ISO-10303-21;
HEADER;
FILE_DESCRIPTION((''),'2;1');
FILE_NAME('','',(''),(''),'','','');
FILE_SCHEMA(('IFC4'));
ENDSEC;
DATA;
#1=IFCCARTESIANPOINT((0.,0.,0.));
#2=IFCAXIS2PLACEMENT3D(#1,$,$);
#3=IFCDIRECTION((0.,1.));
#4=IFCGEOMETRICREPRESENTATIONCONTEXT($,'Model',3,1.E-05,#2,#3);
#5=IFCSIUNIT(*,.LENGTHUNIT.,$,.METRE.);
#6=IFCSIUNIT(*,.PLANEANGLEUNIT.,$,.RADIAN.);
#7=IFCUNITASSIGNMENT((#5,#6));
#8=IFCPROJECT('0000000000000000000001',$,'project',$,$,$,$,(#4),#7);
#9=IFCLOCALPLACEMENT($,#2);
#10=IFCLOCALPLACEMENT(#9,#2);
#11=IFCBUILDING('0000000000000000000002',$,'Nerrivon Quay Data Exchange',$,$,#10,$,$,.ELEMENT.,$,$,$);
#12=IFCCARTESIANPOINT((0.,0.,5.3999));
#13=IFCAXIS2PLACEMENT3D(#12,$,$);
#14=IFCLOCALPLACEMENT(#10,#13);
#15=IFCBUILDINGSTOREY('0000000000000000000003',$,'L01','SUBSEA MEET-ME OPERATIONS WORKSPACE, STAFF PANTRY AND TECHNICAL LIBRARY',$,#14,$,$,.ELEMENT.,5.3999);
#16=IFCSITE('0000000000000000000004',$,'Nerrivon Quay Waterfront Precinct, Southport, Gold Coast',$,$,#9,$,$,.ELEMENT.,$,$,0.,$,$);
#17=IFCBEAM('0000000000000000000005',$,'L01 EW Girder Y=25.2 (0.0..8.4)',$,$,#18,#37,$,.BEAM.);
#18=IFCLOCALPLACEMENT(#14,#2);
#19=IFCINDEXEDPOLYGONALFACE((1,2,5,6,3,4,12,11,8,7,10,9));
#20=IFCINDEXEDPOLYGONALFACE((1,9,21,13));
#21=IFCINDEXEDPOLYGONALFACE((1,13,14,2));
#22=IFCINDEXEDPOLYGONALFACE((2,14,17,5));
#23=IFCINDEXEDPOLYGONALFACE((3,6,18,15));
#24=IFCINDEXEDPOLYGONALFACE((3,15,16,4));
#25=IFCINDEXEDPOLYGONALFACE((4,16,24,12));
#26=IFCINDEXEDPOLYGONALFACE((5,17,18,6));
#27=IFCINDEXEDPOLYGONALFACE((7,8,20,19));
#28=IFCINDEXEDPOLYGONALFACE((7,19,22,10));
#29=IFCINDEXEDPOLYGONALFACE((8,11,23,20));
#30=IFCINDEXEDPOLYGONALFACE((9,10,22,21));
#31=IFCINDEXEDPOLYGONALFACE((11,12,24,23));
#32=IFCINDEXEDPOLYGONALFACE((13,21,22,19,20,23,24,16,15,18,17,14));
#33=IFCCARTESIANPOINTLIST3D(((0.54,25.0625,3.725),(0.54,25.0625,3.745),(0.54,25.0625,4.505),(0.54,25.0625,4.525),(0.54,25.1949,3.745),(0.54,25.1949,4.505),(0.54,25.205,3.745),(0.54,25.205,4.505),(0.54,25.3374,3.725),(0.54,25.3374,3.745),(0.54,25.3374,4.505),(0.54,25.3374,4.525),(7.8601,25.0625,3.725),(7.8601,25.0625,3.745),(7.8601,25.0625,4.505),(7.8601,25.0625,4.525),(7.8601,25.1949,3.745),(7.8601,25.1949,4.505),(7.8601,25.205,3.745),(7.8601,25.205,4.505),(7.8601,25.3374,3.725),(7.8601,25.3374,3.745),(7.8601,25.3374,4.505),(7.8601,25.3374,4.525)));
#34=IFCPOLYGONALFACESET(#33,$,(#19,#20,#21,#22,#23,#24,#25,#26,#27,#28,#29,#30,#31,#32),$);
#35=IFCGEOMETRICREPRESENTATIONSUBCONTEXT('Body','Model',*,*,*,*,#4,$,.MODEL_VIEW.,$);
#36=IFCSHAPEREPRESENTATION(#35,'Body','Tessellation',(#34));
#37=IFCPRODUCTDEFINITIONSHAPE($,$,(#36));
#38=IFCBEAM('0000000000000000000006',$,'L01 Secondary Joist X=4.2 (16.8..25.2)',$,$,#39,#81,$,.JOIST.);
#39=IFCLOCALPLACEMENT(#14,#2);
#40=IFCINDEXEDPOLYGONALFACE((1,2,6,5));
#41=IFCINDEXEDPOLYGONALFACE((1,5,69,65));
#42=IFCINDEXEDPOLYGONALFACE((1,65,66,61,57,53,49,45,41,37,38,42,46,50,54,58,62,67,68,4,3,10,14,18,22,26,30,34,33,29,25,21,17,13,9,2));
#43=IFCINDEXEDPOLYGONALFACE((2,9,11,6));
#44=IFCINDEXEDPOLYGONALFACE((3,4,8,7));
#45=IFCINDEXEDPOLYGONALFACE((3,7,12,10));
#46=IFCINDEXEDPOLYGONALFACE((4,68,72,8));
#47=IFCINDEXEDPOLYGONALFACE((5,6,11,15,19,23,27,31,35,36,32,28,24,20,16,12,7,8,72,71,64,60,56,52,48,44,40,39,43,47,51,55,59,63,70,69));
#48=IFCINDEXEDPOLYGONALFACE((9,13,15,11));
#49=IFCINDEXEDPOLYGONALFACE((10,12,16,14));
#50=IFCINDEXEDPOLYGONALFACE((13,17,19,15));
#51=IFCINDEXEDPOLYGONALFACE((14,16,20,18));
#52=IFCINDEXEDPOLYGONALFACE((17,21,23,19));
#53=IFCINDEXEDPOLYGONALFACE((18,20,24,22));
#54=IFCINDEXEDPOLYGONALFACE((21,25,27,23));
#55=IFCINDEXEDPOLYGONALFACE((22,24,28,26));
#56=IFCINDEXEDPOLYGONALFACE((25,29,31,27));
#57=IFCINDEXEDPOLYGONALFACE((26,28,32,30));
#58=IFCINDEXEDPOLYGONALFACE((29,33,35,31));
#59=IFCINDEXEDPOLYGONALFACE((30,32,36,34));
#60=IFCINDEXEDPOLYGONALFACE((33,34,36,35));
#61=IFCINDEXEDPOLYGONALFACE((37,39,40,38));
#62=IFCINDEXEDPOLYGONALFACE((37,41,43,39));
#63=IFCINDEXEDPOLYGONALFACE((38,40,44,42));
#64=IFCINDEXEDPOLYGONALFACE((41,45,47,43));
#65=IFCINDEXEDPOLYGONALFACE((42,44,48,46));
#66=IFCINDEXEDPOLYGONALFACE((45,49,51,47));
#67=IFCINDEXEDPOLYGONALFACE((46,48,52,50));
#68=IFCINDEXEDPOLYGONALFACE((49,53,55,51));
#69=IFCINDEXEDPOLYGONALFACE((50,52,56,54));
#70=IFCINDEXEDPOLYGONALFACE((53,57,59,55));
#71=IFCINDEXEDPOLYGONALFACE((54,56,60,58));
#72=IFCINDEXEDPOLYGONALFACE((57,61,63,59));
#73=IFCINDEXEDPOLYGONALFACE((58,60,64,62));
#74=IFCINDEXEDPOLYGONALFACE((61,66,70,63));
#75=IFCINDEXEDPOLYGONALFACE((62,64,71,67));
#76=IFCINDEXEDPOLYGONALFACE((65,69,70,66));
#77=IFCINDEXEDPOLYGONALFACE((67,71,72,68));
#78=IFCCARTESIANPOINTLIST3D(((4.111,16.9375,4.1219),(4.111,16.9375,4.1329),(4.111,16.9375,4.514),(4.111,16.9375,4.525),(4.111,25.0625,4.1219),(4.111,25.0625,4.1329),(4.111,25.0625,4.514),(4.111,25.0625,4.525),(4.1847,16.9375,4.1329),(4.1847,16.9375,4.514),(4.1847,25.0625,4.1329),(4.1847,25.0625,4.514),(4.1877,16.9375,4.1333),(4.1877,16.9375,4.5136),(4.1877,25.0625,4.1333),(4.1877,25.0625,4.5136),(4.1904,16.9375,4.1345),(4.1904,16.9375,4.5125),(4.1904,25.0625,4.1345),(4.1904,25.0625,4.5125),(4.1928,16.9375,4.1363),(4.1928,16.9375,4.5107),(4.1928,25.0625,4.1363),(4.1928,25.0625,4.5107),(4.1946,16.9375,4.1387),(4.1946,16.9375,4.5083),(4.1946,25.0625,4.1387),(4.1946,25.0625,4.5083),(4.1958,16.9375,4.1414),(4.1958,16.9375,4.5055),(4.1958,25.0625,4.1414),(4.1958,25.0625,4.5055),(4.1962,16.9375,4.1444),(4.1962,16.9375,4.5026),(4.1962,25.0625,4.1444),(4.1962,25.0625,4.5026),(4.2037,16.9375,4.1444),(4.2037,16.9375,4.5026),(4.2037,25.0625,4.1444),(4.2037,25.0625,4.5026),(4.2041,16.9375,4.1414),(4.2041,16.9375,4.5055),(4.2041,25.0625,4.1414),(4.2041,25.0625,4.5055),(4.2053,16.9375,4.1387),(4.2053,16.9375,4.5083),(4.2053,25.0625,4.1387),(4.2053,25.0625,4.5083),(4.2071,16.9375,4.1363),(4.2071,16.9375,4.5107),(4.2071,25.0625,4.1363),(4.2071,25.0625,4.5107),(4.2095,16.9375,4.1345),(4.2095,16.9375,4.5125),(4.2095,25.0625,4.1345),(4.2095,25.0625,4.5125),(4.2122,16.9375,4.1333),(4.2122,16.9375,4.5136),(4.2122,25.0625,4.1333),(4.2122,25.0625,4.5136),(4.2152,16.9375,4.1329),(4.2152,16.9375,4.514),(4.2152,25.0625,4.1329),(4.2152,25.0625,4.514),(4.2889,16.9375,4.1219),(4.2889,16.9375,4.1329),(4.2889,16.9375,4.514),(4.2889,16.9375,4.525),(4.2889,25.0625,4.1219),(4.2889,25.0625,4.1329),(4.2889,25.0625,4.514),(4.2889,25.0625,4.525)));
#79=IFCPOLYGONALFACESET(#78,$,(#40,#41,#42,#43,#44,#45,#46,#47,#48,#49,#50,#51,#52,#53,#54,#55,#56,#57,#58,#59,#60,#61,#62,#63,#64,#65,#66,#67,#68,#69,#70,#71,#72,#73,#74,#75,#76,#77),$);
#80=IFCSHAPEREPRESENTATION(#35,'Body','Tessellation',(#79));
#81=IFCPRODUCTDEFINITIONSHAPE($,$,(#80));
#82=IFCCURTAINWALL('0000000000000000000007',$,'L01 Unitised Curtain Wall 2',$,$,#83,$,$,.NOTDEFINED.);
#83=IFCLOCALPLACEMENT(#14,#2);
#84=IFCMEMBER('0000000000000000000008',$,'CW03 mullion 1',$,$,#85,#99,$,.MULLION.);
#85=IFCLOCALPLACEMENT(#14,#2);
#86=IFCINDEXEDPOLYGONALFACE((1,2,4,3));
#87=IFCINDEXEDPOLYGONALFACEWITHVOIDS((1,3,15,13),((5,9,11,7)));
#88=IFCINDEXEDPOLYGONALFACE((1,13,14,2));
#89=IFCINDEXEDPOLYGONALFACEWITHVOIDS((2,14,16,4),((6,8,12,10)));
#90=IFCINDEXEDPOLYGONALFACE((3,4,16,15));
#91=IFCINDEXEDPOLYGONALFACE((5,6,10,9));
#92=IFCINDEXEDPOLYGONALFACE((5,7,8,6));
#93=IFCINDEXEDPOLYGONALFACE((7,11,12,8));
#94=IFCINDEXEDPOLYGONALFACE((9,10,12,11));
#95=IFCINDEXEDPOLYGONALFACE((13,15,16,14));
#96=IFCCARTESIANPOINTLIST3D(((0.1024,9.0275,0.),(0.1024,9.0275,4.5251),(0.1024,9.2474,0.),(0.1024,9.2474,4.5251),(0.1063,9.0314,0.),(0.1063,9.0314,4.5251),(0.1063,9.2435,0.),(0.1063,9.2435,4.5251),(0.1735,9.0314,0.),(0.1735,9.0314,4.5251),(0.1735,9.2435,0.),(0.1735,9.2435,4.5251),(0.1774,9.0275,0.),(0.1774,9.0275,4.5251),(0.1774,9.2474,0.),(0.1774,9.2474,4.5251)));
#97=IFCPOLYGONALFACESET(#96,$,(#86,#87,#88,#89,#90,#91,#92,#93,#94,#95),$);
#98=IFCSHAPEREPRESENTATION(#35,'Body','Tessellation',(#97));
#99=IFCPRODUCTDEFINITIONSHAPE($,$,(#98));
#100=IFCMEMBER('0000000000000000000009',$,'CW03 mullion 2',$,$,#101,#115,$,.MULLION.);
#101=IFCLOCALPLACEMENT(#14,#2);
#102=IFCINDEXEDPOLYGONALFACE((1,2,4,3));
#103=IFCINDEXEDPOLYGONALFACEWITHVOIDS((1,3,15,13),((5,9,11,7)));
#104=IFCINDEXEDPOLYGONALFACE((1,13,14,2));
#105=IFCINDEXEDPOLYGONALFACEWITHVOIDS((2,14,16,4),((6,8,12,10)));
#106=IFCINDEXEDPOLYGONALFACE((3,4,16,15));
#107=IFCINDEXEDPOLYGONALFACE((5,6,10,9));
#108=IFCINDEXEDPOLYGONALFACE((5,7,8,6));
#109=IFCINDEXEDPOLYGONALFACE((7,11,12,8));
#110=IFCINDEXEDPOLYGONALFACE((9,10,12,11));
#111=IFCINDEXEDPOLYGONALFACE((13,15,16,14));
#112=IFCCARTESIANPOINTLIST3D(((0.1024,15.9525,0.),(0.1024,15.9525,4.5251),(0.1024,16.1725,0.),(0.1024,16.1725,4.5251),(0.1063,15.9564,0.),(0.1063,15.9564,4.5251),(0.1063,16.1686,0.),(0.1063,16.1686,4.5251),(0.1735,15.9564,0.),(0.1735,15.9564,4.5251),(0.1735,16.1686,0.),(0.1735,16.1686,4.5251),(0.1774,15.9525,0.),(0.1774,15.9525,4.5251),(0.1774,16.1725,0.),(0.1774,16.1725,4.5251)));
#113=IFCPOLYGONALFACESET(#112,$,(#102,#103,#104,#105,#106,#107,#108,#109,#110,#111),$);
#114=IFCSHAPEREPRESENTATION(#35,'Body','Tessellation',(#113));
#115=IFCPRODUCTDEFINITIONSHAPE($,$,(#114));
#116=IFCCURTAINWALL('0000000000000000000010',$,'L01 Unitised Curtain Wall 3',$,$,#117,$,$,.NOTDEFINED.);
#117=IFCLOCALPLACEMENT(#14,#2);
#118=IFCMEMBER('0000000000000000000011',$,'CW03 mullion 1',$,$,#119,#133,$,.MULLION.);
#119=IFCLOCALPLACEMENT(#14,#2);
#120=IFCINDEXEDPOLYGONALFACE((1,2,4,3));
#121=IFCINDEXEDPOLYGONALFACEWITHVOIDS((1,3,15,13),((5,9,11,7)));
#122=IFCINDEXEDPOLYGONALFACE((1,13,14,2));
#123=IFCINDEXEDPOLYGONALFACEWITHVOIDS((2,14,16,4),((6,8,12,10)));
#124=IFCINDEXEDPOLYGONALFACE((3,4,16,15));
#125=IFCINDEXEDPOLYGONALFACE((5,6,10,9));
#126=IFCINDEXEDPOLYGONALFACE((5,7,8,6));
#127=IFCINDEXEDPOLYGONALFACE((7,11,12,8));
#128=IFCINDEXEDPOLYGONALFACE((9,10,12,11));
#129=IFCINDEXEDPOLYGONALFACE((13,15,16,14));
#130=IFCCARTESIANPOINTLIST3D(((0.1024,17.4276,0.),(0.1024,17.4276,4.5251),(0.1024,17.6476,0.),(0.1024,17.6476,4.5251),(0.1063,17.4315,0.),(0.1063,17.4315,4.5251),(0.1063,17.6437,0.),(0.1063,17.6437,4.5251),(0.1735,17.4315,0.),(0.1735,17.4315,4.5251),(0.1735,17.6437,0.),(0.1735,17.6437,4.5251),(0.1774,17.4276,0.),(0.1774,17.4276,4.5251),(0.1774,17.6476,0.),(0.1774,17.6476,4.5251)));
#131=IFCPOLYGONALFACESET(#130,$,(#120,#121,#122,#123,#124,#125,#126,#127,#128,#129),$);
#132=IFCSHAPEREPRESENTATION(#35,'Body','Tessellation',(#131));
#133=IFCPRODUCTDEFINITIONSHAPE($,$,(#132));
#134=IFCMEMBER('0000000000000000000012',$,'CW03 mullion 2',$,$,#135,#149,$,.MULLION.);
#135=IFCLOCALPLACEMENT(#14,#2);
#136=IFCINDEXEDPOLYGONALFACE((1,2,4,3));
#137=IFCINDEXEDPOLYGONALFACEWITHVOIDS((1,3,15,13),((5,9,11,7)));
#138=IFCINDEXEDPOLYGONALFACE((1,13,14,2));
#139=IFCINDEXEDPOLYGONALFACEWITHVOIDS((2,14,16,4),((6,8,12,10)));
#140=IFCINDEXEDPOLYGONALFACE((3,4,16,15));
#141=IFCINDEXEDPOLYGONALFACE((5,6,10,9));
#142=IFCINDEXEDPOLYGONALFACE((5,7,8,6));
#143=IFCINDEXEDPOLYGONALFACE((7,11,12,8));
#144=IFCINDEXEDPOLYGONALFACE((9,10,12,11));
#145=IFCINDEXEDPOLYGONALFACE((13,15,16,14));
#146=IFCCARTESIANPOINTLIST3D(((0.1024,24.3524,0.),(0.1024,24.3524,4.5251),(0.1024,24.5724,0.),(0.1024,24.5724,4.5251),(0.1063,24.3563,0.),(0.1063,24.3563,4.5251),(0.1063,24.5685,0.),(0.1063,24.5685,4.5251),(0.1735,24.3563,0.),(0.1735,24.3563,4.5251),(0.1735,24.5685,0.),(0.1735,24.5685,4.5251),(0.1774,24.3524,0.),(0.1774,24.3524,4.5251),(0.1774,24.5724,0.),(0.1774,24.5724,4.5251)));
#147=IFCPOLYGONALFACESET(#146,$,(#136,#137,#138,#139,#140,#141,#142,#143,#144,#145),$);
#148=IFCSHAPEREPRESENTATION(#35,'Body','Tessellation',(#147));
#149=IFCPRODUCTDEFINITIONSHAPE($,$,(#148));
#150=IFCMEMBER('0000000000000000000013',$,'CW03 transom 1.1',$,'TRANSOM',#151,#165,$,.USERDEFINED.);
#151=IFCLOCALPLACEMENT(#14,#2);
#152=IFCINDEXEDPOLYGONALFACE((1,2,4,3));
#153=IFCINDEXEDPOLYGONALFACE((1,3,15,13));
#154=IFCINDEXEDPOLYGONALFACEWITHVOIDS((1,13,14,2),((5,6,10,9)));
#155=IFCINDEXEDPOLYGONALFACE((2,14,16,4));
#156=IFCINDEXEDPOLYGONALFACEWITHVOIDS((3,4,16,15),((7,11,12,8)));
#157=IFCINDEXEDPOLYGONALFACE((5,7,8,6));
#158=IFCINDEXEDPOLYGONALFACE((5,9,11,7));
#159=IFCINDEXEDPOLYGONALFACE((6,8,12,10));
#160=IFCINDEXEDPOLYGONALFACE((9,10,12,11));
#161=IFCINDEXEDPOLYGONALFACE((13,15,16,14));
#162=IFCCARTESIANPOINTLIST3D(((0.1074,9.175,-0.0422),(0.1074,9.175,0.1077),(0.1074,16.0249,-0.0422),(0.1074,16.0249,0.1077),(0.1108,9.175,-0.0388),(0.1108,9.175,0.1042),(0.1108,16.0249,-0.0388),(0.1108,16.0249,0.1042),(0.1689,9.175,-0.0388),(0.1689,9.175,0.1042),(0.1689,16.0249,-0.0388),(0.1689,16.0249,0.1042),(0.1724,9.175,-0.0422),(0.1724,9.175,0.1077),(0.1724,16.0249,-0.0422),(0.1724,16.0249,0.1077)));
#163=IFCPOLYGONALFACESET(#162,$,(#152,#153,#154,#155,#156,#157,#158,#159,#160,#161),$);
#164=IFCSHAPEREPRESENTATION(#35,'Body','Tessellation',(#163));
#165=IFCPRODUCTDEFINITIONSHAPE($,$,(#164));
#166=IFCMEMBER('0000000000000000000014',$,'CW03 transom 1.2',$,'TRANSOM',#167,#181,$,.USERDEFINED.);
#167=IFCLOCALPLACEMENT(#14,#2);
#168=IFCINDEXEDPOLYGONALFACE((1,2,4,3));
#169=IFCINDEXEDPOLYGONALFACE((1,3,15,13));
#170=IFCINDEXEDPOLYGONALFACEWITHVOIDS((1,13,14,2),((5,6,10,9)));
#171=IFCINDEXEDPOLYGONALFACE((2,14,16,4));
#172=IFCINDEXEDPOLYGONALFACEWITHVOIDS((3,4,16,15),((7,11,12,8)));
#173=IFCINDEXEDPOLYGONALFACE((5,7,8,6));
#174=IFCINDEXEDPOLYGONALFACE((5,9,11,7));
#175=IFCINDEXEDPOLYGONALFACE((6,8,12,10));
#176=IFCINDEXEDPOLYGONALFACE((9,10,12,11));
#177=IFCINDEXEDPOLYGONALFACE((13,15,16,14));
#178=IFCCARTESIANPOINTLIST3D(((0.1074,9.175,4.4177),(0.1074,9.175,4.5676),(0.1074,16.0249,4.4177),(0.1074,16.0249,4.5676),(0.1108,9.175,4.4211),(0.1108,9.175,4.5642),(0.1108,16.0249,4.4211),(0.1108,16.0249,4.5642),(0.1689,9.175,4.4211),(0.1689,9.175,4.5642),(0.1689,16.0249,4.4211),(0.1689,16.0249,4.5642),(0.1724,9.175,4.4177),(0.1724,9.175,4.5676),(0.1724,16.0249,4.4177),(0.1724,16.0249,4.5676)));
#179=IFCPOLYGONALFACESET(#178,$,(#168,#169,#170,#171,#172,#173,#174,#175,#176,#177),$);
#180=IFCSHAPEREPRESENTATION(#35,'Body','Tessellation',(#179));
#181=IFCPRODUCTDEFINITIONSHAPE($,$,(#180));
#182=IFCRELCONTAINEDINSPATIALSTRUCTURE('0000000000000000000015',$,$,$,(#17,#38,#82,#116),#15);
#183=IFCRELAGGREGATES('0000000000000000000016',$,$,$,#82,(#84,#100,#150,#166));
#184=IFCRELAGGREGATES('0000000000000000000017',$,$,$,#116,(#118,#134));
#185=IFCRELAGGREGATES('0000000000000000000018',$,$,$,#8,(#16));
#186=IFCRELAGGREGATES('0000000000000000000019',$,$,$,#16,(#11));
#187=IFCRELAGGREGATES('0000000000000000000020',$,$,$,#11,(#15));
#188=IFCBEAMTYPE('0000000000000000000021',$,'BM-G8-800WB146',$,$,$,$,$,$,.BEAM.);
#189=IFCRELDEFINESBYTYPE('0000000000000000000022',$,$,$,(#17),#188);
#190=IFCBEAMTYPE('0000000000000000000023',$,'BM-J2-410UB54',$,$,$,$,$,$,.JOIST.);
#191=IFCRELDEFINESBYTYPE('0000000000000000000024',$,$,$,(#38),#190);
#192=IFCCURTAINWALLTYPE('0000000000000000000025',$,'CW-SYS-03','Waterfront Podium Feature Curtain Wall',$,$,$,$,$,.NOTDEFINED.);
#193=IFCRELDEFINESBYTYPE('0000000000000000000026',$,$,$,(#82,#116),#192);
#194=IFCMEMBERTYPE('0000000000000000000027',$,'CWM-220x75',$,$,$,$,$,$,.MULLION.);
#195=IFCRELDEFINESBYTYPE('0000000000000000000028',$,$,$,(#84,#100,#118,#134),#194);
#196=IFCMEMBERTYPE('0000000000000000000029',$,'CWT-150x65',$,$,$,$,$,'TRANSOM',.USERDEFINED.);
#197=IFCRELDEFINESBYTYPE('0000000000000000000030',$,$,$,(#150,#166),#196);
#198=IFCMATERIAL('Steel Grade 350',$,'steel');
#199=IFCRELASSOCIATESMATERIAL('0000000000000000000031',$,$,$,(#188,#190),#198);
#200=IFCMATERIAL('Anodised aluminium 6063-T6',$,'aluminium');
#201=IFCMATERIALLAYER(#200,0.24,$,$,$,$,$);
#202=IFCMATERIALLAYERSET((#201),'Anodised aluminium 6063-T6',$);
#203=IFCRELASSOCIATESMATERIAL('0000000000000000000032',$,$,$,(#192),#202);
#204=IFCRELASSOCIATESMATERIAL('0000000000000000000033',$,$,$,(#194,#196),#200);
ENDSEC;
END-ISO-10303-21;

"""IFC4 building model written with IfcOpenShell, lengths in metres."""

from ifc_helpers import new_model, si_unit, direction, frame, origin, origin_2d, place, context, subcontext, project, spatial, hollow_rectangle, i_section, extrude, material, layer, layer_set, material_profile, profile_set, type_object, element, aggregate, save


model = new_model("IFC4")

# Units and contexts
model_context = context("Model", 3, precision=1e-05, world=origin(), true_north=direction((0.0, 1.0)))
body_context = subcontext(model_context, "Body", "Model", "MODEL_VIEW")
ifc_project = project(units=[si_unit("LENGTHUNIT", "METRE"), si_unit("PLANEANGLEUNIT", "RADIAN")], contexts=[model_context])

# Site, building, storey
site_placement = place(None, origin())
site = spatial("IfcSite", under=ifc_project, at=site_placement, Name="Nerrivon Quay Waterfront Precinct, Southport, Gold Coast", CompositionType="ELEMENT", RefElevation=0.0)
building_placement = place(site_placement, origin())
building = spatial("IfcBuilding", under=site, at=building_placement, Name="Nerrivon Quay Data Exchange", CompositionType="ELEMENT")
storey_placement = place(building_placement, frame((0.0, 0.0, 5.3999)))
storey = spatial("IfcBuildingStorey", under=building, at=storey_placement, Name="L01", Description="SUBSEA MEET-ME OPERATIONS WORKSPACE, STAFF PANTRY AND TECHNICAL LIBRARY", CompositionType="ELEMENT", Elevation=5.3999)

# Beams
ifc_material_1 = material(Name="Steel Grade 350", Category="steel")
ifc_material_profile_1 = material_profile(ifc_material_1, i_section(OverallWidth=0.2749, OverallDepth=0.8, WebThickness=0.01, FlangeThickness=0.02, at=origin_2d()), Name="800WB146")
ifc_profile_set_1 = profile_set([ifc_material_profile_1], Name="Steel Grade 350")
beam_type_1 = type_object("IfcBeamType", Name="BM-G8-800WB146", PredefinedType="BEAM", material=ifc_profile_set_1)
for number, where, z_axis, x_axis, name in (
    (1, (0.54, 25.2, 4.125), (1.0, 0.0, 0.0), (0.0, 1.0, 0.0), "L01 EW Girder Y=25.2 (0.0..8.4)"),
):
    element("IfcBeam", number, at=place(storey_placement, frame(where, z_axis=z_axis, x_axis=x_axis)), inside=storey, type_object=beam_type_1, Name=name, PredefinedType="BEAM", context=body_context, shape_type="SweptSolid", body=[
        extrude(i_section(OverallWidth=0.2749, OverallDepth=0.8, WebThickness=0.01, FlangeThickness=0.02, at=origin_2d()), origin(), (0.0, 0.0, 1.0), 7.3201),
    ])
ifc_material_profile_2 = material_profile(ifc_material_1, i_section(OverallWidth=0.178, OverallDepth=0.4031, WebThickness=0.0076, FlangeThickness=0.011, FilletRadius=0.0115, at=origin_2d()), Name="410UB53.7")
ifc_profile_set_2 = profile_set([ifc_material_profile_2], Name="Steel Grade 350")
beam_type_2 = type_object("IfcBeamType", Name="BM-J2-410UB54", PredefinedType="JOIST", material=ifc_profile_set_2)
beam_placement = place(storey_placement, frame((4.2, 16.9375, 4.3235), z_axis=(0.0, 1.0, 0.0), x_axis=(-1.0, 0.0, 0.0)))
element("IfcBeam", 2, at=beam_placement, inside=storey, type_object=beam_type_2, Name="L01 Secondary Joist X=4.2 (16.8..25.2)", PredefinedType="JOIST", context=body_context, shape_type="SweptSolid", body=[
    extrude(i_section(OverallWidth=0.178, OverallDepth=0.4031, WebThickness=0.0076, FlangeThickness=0.011, FilletRadius=0.0115, at=origin_2d()), origin(), (0.0, 0.0, 1.0), 8.125),
])

# Curtain walls, members
ifc_material_2 = material(Name="Anodised aluminium 6063-T6", Category="aluminium")
ifc_layer_1 = layer(ifc_material_2, 0.24)
ifc_layer_set_1 = layer_set([ifc_layer_1], Name="Anodised aluminium 6063-T6")
curtain_wall_type = type_object("IfcCurtainWallType", Name="CW-SYS-03", Description="Waterfront Podium Feature Curtain Wall", PredefinedType="NOTDEFINED", material=ifc_layer_set_1)
curtain_wall_1_placement = place(storey_placement, origin())
curtain_wall_1 = element("IfcCurtainWall", 3, at=curtain_wall_1_placement, inside=storey, type_object=curtain_wall_type, Name="L01 Unitised Curtain Wall 2", PredefinedType="NOTDEFINED")
ifc_material_profile_3 = material_profile(ifc_material_2, hollow_rectangle(XDim=0.075, YDim=0.22, WallThickness=0.0039, at=origin_2d()), Name="ALU-MULL-220x75")
ifc_profile_set_3 = profile_set([ifc_material_profile_3], Name="Anodised aluminium 6063-T6")
member_type_1 = type_object("IfcMemberType", Name="CWM-220x75", PredefinedType="MULLION", material=ifc_profile_set_3)
member_1_placement = place(storey_placement, frame((0.1399, 9.1375, 0.0), z_axis=(0.0, 0.0, 1.0), x_axis=(-1.0, 0.0, 0.0)))
member_1 = element("IfcMember", 4, at=member_1_placement, type_object=member_type_1, Name="CW03 mullion 1", PredefinedType="MULLION", context=body_context, shape_type="SweptSolid", body=[
    extrude(hollow_rectangle(XDim=0.075, YDim=0.22, WallThickness=0.0039, at=origin_2d()), origin(), (0.0, 0.0, 1.0), 4.5251),
])
member_2_placement = place(storey_placement, frame((0.1399, 16.0625, 0.0), z_axis=(0.0, 0.0, 1.0), x_axis=(-1.0, 0.0, 0.0)))
member_2 = element("IfcMember", 5, at=member_2_placement, type_object=member_type_1, Name="CW03 mullion 2", PredefinedType="MULLION", context=body_context, shape_type="SweptSolid", body=[
    extrude(hollow_rectangle(XDim=0.075, YDim=0.22, WallThickness=0.0039, at=origin_2d()), origin(), (0.0, 0.0, 1.0), 4.5251),
])
curtain_wall_2_placement = place(storey_placement, origin())
curtain_wall_2 = element("IfcCurtainWall", 6, at=curtain_wall_2_placement, inside=storey, type_object=curtain_wall_type, Name="L01 Unitised Curtain Wall 3", PredefinedType="NOTDEFINED")
member_3_placement = place(storey_placement, frame((0.1399, 17.5376, 0.0), z_axis=(0.0, 0.0, 1.0), x_axis=(-1.0, 0.0, 0.0)))
member_3 = element("IfcMember", 7, at=member_3_placement, type_object=member_type_1, Name="CW03 mullion 1", PredefinedType="MULLION", context=body_context, shape_type="SweptSolid", body=[
    extrude(hollow_rectangle(XDim=0.075, YDim=0.22, WallThickness=0.0039, at=origin_2d()), origin(), (0.0, 0.0, 1.0), 4.5251),
])
member_4_placement = place(storey_placement, frame((0.1399, 24.4624, 0.0), z_axis=(0.0, 0.0, 1.0), x_axis=(-1.0, 0.0, 0.0)))
member_4 = element("IfcMember", 8, at=member_4_placement, type_object=member_type_1, Name="CW03 mullion 2", PredefinedType="MULLION", context=body_context, shape_type="SweptSolid", body=[
    extrude(hollow_rectangle(XDim=0.075, YDim=0.22, WallThickness=0.0039, at=origin_2d()), origin(), (0.0, 0.0, 1.0), 4.5251),
])

# Members
ifc_material_profile_4 = material_profile(ifc_material_2, hollow_rectangle(XDim=0.0649, YDim=0.1499, WallThickness=0.0034, at=origin_2d()), Name="ALU-TRAN-150x65")
ifc_profile_set_4 = profile_set([ifc_material_profile_4], Name="Anodised aluminium 6063-T6")
member_type_2 = type_object("IfcMemberType", Name="CWT-150x65", ElementType="TRANSOM", PredefinedType="USERDEFINED", material=ifc_profile_set_4)
member_5_placement = place(storey_placement, frame((0.1399, 9.175, 0.0327), z_axis=(0.0, 1.0, 0.0), x_axis=(-1.0, 0.0, 0.0)))
member_5 = element("IfcMember", 9, at=member_5_placement, type_object=member_type_2, Name="CW03 transom 1.1", ObjectType="TRANSOM", PredefinedType="USERDEFINED", context=body_context, shape_type="SweptSolid", body=[
    extrude(hollow_rectangle(XDim=0.0649, YDim=0.1499, WallThickness=0.0034, at=origin_2d()), origin(), (0.0, 0.0, 1.0), 6.8499),
])
member_6_placement = place(storey_placement, frame((0.1399, 9.175, 4.4927), z_axis=(0.0, 1.0, 0.0), x_axis=(-1.0, 0.0, 0.0)))
member_6 = element("IfcMember", 10, at=member_6_placement, type_object=member_type_2, Name="CW03 transom 1.2", ObjectType="TRANSOM", PredefinedType="USERDEFINED", context=body_context, shape_type="SweptSolid", body=[
    extrude(hollow_rectangle(XDim=0.0649, YDim=0.1499, WallThickness=0.0034, at=origin_2d()), origin(), (0.0, 0.0, 1.0), 6.8499),
])

aggregate(curtain_wall_1, [member_1, member_2, member_5, member_6])
aggregate(curtain_wall_2, [member_3, member_4])

save(model, "model.ifc")
